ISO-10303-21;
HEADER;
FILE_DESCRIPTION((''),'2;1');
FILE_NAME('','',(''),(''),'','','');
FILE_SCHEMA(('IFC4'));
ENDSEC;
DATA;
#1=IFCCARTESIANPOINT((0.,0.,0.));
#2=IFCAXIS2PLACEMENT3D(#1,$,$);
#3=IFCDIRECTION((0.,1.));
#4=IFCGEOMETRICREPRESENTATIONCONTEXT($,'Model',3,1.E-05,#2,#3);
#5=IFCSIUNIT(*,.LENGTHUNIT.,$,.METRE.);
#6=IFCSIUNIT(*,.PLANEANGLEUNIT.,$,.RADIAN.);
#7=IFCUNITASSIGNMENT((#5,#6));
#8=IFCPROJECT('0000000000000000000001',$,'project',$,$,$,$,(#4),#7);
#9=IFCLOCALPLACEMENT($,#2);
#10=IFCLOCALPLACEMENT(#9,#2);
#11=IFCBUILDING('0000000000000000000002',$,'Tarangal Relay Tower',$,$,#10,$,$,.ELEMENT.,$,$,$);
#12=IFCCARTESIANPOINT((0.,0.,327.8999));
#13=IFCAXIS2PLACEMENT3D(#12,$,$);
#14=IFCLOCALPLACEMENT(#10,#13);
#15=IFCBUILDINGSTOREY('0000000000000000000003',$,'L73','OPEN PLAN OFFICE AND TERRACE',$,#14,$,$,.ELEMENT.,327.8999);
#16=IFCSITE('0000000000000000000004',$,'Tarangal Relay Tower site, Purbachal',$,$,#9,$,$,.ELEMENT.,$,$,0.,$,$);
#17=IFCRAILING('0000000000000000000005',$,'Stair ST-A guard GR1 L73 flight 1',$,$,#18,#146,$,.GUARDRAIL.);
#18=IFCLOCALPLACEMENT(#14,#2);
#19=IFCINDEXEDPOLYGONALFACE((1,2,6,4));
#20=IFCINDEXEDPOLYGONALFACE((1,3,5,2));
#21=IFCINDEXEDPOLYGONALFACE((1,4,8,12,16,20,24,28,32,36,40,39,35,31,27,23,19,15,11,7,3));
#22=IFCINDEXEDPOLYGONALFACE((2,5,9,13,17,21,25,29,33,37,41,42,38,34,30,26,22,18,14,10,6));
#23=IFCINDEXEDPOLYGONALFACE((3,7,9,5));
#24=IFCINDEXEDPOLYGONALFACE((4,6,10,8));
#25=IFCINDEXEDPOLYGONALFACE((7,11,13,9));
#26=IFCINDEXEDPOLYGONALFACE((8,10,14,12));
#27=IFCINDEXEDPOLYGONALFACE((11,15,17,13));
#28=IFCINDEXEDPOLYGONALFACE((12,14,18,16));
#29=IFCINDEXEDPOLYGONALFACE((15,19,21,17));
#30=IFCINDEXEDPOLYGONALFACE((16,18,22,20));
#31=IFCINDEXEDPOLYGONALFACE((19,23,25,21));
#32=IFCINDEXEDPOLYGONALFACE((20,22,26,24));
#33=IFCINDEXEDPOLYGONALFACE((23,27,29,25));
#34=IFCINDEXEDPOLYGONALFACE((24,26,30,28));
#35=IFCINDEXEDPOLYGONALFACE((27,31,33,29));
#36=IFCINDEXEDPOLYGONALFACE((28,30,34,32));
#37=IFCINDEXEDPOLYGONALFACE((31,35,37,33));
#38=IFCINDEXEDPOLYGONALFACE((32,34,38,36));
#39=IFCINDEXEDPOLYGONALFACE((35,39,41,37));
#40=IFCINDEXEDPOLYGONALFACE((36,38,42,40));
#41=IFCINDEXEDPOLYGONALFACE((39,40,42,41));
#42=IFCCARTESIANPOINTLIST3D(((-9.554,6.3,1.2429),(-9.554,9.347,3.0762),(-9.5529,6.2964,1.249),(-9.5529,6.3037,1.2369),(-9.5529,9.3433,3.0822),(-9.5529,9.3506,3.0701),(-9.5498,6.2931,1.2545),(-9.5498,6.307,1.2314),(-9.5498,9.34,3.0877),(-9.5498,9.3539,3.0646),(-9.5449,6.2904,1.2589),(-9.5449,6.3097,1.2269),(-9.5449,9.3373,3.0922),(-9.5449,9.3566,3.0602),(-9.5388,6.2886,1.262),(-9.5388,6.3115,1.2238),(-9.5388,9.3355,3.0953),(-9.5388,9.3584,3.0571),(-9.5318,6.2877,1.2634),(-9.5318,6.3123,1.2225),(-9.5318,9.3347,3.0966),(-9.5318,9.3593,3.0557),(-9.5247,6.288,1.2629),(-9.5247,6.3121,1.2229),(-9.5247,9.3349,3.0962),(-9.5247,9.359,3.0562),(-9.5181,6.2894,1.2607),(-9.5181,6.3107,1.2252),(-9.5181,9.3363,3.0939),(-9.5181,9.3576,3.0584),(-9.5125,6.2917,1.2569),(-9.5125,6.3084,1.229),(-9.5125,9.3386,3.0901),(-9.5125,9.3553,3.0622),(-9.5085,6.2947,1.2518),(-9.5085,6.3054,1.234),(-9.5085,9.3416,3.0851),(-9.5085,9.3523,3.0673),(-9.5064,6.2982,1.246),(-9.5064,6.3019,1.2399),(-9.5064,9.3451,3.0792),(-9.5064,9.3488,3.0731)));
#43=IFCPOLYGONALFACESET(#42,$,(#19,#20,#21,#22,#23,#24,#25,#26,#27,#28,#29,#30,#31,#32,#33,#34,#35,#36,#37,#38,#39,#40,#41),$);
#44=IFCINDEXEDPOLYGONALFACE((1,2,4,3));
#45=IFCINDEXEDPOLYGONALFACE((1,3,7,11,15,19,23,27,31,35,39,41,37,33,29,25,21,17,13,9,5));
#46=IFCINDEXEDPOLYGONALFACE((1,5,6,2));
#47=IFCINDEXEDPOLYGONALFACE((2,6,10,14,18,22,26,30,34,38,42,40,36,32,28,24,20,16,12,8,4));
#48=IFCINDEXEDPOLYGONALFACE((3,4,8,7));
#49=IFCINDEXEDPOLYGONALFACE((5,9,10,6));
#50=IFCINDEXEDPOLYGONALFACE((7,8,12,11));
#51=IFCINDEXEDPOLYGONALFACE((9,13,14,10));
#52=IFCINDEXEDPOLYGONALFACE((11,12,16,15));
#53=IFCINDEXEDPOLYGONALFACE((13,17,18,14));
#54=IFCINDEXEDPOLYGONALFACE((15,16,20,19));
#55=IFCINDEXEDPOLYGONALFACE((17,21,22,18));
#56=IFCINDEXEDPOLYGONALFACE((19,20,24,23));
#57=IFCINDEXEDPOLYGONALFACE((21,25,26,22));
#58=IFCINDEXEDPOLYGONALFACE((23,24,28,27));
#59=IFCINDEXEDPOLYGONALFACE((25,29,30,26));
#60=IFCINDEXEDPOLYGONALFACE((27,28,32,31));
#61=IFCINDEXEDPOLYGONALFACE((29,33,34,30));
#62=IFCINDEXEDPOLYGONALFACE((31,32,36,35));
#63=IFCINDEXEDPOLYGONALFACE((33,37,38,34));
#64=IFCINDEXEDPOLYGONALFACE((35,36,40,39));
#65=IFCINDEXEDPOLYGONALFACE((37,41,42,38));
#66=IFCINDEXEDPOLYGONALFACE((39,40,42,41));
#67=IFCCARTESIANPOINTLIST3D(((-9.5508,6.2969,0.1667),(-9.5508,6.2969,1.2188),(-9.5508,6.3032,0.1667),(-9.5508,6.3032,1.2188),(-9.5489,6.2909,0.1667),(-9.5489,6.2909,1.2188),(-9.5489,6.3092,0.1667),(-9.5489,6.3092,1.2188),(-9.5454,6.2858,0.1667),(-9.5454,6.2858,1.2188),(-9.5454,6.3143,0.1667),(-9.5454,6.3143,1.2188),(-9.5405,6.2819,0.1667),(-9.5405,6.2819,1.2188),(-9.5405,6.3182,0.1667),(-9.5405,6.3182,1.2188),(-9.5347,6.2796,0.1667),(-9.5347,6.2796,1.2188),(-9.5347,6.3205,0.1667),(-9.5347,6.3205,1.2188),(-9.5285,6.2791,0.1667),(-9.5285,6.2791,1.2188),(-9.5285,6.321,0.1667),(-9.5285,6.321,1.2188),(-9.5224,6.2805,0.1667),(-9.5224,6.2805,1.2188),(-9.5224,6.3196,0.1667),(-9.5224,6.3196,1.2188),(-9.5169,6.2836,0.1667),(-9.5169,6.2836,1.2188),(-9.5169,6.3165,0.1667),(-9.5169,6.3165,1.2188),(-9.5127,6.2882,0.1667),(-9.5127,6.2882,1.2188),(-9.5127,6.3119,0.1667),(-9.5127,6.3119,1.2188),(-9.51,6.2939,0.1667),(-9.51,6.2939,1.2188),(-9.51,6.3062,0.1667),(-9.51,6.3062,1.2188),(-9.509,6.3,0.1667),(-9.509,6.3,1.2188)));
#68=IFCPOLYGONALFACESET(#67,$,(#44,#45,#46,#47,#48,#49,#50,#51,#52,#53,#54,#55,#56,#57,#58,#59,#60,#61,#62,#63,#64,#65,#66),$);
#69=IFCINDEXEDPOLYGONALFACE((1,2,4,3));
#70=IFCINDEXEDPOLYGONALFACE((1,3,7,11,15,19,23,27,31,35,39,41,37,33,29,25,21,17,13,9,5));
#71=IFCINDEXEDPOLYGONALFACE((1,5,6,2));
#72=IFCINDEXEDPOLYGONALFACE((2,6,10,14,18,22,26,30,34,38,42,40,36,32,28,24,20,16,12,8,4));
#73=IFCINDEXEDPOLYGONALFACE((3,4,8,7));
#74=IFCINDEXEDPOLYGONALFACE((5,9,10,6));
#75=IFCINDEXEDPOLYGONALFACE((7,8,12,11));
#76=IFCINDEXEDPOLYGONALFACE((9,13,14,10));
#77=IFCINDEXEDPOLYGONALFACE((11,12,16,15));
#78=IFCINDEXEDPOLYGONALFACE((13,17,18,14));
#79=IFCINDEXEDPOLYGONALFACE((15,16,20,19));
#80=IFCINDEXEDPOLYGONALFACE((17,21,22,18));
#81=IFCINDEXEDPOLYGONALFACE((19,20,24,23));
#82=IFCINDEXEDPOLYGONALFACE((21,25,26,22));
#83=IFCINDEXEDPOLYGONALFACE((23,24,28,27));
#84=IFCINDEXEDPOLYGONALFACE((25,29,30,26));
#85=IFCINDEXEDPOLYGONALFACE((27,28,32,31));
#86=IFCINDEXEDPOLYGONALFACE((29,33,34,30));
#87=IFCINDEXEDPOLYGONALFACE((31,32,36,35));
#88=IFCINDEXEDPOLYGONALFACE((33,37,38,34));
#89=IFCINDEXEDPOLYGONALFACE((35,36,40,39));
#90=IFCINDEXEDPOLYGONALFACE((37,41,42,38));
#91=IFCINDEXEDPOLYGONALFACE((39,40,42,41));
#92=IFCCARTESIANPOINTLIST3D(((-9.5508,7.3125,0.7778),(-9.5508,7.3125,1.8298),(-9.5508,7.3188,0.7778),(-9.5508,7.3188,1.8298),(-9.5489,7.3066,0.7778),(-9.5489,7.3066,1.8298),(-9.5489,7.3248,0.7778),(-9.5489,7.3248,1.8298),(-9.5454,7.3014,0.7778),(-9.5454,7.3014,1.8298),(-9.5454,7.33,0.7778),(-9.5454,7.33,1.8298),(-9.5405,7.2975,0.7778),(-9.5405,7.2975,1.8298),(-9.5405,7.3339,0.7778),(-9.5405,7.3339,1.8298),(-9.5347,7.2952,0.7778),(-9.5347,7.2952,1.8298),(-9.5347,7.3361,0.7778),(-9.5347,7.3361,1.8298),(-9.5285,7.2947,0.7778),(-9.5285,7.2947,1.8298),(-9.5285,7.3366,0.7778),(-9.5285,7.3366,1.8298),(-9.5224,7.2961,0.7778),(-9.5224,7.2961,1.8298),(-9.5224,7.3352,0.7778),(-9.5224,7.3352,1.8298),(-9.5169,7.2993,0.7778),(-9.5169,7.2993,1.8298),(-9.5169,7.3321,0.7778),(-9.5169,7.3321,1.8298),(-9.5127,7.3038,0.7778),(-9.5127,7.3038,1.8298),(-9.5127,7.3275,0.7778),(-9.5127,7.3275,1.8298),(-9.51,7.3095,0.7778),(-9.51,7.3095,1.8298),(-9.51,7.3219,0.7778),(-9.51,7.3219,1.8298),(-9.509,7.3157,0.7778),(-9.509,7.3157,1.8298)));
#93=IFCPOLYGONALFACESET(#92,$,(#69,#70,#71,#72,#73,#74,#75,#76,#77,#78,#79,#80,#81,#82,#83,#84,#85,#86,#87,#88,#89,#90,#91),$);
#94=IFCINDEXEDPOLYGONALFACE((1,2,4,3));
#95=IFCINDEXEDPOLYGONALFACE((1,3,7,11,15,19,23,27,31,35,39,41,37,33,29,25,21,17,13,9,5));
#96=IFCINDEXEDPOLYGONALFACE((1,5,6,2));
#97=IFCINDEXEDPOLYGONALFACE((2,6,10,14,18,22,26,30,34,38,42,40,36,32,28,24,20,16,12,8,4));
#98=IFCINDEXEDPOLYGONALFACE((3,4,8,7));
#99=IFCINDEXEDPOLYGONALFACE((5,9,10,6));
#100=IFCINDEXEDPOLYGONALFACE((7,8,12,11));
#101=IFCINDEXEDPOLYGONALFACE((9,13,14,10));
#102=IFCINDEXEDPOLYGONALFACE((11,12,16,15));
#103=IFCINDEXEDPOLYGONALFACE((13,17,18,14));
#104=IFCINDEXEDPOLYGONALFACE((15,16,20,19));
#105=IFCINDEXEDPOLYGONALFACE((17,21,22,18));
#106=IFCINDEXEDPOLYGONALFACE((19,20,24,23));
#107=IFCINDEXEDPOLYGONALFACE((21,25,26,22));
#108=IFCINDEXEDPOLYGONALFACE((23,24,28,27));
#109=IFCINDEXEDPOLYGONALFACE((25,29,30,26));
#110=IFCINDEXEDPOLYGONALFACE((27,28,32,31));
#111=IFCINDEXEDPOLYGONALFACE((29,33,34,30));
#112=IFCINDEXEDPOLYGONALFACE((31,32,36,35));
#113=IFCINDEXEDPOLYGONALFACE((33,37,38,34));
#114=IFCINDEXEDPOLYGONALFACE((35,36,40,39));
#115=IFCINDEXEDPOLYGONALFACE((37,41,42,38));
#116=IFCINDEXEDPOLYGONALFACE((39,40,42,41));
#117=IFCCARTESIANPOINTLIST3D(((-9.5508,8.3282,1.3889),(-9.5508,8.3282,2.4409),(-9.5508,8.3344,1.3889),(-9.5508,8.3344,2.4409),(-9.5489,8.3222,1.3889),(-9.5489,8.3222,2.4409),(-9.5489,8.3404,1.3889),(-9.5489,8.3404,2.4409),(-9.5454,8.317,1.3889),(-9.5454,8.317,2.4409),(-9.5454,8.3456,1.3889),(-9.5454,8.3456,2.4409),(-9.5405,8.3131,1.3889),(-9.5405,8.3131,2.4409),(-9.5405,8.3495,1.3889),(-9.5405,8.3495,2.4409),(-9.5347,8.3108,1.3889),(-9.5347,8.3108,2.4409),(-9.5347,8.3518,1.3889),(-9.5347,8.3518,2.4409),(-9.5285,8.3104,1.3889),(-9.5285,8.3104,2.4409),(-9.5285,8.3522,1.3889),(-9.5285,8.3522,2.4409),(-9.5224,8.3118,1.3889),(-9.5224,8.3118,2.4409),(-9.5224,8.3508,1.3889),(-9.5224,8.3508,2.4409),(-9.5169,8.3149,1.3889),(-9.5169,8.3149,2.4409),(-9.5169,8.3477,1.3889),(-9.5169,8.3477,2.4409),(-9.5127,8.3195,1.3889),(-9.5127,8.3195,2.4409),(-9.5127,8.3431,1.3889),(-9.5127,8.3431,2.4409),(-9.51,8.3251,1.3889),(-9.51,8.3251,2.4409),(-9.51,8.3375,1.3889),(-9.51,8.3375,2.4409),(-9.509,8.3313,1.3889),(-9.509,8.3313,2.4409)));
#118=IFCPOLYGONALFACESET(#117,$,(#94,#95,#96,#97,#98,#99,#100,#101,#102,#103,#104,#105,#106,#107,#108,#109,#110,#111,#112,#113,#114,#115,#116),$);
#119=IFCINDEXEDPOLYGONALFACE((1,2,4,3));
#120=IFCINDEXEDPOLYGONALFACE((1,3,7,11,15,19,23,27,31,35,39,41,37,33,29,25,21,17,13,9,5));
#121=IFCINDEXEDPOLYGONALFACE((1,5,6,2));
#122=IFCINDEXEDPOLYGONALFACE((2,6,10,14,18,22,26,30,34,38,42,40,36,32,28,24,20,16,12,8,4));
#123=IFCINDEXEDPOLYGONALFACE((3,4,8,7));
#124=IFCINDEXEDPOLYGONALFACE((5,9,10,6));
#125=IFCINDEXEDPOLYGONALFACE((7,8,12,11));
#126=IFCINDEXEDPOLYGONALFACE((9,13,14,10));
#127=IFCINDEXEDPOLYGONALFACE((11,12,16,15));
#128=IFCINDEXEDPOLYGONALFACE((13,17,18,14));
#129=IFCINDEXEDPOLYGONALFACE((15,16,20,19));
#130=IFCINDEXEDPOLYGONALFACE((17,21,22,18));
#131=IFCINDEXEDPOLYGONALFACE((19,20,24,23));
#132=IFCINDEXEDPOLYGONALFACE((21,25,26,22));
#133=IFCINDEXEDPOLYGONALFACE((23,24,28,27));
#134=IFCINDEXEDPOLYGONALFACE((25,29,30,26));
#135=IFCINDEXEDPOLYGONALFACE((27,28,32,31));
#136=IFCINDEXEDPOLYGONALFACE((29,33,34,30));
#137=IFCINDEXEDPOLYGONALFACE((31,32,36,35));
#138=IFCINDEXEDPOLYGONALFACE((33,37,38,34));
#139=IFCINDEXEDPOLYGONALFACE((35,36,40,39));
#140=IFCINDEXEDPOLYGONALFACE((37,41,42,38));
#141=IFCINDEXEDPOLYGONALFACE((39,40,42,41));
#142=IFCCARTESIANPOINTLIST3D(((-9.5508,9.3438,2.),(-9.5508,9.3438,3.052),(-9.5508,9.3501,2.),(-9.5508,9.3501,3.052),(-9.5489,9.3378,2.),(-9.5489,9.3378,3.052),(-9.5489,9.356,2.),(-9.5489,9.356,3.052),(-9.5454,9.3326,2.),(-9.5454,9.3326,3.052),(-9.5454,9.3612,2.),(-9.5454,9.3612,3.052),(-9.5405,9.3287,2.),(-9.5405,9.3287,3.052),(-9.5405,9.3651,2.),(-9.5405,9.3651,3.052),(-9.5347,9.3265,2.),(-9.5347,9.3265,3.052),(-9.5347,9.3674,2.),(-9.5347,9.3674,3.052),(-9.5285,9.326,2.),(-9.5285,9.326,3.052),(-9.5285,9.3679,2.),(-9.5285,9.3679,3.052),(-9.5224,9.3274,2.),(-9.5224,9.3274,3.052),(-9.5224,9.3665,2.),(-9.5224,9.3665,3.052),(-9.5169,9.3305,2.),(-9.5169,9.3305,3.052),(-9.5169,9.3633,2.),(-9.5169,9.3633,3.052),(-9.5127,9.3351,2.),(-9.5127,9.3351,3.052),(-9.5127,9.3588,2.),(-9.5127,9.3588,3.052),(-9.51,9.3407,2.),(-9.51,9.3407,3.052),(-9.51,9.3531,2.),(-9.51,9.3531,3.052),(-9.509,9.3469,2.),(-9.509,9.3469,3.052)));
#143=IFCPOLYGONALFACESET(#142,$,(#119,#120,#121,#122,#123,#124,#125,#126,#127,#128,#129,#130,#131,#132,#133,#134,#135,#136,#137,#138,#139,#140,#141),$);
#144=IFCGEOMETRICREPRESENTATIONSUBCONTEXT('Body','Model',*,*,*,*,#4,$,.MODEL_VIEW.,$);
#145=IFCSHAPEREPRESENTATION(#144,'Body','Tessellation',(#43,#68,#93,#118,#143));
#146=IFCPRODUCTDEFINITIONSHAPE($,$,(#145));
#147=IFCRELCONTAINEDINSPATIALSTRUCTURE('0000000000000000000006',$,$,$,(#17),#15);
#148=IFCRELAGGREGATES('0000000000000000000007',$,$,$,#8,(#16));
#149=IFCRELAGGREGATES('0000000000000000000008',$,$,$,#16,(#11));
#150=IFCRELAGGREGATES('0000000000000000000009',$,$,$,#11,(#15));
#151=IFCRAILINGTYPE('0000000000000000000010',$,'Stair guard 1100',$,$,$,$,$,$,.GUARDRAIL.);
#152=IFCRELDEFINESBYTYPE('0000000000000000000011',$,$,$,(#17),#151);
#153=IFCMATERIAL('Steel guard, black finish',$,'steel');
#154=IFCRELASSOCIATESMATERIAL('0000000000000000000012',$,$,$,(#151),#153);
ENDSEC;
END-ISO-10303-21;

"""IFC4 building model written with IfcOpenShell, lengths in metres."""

from ifc_helpers import new_model, si_unit, direction, frame, origin, origin_2d, place, context, subcontext, project, spatial, circle, extrude, material, type_object, element, save


model = new_model("IFC4")

# Units and contexts
model_context = context("Model", 3, precision=1e-05, world=origin(), true_north=direction((0.0, 1.0)))
body_context = subcontext(model_context, "Body", "Model", "MODEL_VIEW")
ifc_project = project(units=[si_unit("LENGTHUNIT", "METRE"), si_unit("PLANEANGLEUNIT", "RADIAN")], contexts=[model_context])

# Site, building, storey
site_placement = place(None, origin())
site = spatial("IfcSite", under=ifc_project, at=site_placement, Name="Tarangal Relay Tower site, Purbachal", CompositionType="ELEMENT", RefElevation=0.0)
building_placement = place(site_placement, origin())
building = spatial("IfcBuilding", under=site, at=building_placement, Name="Tarangal Relay Tower", CompositionType="ELEMENT")
storey_placement = place(building_placement, frame((0.0, 0.0, 327.8999)))
storey = spatial("IfcBuildingStorey", under=building, at=storey_placement, Name="L73", Description="OPEN PLAN OFFICE AND TERRACE", CompositionType="ELEMENT", Elevation=327.8999)

# Railing
ifc_material_1 = material(Name="Steel guard, black finish", Category="steel")
railing_type_1 = type_object("IfcRailingType", Name="Stair guard 1100", PredefinedType="GUARDRAIL", material=ifc_material_1)
railing_1_placement = place(storey_placement, frame((-9.53, 6.3, 0.1667)))
element("IfcRailing", 1, at=railing_1_placement, inside=storey, type_object=railing_type_1, Name="Stair ST-A guard GR1 L73 flight 1", PredefinedType="GUARDRAIL", context=body_context, shape_type="SweptSolid", body=[
    extrude(circle(Radius=0.0239, at=origin_2d()), frame((0.0, 0.0, 1.0762), z_axis=(0.0, 0.856856, 0.515556), x_axis=(-1.0, 0.0, 0.0)), (0.0, 0.0, 1.0), 3.5559),
    extrude(circle(Radius=0.021, at=origin_2d()), origin(), (0.0, 0.0, 1.0), 1.052),
    extrude(circle(Radius=0.021, at=origin_2d()), frame((0.0, 1.0156, 0.6111)), (0.0, 0.0, 1.0), 1.052),
    extrude(circle(Radius=0.021, at=origin_2d()), frame((0.0, 2.0312, 1.2222)), (0.0, 0.0, 1.0), 1.052),
    extrude(circle(Radius=0.021, at=origin_2d()), frame((0.0, 3.0469, 1.8333)), (0.0, 0.0, 1.0), 1.052),
])

save(model, "model.ifc")
